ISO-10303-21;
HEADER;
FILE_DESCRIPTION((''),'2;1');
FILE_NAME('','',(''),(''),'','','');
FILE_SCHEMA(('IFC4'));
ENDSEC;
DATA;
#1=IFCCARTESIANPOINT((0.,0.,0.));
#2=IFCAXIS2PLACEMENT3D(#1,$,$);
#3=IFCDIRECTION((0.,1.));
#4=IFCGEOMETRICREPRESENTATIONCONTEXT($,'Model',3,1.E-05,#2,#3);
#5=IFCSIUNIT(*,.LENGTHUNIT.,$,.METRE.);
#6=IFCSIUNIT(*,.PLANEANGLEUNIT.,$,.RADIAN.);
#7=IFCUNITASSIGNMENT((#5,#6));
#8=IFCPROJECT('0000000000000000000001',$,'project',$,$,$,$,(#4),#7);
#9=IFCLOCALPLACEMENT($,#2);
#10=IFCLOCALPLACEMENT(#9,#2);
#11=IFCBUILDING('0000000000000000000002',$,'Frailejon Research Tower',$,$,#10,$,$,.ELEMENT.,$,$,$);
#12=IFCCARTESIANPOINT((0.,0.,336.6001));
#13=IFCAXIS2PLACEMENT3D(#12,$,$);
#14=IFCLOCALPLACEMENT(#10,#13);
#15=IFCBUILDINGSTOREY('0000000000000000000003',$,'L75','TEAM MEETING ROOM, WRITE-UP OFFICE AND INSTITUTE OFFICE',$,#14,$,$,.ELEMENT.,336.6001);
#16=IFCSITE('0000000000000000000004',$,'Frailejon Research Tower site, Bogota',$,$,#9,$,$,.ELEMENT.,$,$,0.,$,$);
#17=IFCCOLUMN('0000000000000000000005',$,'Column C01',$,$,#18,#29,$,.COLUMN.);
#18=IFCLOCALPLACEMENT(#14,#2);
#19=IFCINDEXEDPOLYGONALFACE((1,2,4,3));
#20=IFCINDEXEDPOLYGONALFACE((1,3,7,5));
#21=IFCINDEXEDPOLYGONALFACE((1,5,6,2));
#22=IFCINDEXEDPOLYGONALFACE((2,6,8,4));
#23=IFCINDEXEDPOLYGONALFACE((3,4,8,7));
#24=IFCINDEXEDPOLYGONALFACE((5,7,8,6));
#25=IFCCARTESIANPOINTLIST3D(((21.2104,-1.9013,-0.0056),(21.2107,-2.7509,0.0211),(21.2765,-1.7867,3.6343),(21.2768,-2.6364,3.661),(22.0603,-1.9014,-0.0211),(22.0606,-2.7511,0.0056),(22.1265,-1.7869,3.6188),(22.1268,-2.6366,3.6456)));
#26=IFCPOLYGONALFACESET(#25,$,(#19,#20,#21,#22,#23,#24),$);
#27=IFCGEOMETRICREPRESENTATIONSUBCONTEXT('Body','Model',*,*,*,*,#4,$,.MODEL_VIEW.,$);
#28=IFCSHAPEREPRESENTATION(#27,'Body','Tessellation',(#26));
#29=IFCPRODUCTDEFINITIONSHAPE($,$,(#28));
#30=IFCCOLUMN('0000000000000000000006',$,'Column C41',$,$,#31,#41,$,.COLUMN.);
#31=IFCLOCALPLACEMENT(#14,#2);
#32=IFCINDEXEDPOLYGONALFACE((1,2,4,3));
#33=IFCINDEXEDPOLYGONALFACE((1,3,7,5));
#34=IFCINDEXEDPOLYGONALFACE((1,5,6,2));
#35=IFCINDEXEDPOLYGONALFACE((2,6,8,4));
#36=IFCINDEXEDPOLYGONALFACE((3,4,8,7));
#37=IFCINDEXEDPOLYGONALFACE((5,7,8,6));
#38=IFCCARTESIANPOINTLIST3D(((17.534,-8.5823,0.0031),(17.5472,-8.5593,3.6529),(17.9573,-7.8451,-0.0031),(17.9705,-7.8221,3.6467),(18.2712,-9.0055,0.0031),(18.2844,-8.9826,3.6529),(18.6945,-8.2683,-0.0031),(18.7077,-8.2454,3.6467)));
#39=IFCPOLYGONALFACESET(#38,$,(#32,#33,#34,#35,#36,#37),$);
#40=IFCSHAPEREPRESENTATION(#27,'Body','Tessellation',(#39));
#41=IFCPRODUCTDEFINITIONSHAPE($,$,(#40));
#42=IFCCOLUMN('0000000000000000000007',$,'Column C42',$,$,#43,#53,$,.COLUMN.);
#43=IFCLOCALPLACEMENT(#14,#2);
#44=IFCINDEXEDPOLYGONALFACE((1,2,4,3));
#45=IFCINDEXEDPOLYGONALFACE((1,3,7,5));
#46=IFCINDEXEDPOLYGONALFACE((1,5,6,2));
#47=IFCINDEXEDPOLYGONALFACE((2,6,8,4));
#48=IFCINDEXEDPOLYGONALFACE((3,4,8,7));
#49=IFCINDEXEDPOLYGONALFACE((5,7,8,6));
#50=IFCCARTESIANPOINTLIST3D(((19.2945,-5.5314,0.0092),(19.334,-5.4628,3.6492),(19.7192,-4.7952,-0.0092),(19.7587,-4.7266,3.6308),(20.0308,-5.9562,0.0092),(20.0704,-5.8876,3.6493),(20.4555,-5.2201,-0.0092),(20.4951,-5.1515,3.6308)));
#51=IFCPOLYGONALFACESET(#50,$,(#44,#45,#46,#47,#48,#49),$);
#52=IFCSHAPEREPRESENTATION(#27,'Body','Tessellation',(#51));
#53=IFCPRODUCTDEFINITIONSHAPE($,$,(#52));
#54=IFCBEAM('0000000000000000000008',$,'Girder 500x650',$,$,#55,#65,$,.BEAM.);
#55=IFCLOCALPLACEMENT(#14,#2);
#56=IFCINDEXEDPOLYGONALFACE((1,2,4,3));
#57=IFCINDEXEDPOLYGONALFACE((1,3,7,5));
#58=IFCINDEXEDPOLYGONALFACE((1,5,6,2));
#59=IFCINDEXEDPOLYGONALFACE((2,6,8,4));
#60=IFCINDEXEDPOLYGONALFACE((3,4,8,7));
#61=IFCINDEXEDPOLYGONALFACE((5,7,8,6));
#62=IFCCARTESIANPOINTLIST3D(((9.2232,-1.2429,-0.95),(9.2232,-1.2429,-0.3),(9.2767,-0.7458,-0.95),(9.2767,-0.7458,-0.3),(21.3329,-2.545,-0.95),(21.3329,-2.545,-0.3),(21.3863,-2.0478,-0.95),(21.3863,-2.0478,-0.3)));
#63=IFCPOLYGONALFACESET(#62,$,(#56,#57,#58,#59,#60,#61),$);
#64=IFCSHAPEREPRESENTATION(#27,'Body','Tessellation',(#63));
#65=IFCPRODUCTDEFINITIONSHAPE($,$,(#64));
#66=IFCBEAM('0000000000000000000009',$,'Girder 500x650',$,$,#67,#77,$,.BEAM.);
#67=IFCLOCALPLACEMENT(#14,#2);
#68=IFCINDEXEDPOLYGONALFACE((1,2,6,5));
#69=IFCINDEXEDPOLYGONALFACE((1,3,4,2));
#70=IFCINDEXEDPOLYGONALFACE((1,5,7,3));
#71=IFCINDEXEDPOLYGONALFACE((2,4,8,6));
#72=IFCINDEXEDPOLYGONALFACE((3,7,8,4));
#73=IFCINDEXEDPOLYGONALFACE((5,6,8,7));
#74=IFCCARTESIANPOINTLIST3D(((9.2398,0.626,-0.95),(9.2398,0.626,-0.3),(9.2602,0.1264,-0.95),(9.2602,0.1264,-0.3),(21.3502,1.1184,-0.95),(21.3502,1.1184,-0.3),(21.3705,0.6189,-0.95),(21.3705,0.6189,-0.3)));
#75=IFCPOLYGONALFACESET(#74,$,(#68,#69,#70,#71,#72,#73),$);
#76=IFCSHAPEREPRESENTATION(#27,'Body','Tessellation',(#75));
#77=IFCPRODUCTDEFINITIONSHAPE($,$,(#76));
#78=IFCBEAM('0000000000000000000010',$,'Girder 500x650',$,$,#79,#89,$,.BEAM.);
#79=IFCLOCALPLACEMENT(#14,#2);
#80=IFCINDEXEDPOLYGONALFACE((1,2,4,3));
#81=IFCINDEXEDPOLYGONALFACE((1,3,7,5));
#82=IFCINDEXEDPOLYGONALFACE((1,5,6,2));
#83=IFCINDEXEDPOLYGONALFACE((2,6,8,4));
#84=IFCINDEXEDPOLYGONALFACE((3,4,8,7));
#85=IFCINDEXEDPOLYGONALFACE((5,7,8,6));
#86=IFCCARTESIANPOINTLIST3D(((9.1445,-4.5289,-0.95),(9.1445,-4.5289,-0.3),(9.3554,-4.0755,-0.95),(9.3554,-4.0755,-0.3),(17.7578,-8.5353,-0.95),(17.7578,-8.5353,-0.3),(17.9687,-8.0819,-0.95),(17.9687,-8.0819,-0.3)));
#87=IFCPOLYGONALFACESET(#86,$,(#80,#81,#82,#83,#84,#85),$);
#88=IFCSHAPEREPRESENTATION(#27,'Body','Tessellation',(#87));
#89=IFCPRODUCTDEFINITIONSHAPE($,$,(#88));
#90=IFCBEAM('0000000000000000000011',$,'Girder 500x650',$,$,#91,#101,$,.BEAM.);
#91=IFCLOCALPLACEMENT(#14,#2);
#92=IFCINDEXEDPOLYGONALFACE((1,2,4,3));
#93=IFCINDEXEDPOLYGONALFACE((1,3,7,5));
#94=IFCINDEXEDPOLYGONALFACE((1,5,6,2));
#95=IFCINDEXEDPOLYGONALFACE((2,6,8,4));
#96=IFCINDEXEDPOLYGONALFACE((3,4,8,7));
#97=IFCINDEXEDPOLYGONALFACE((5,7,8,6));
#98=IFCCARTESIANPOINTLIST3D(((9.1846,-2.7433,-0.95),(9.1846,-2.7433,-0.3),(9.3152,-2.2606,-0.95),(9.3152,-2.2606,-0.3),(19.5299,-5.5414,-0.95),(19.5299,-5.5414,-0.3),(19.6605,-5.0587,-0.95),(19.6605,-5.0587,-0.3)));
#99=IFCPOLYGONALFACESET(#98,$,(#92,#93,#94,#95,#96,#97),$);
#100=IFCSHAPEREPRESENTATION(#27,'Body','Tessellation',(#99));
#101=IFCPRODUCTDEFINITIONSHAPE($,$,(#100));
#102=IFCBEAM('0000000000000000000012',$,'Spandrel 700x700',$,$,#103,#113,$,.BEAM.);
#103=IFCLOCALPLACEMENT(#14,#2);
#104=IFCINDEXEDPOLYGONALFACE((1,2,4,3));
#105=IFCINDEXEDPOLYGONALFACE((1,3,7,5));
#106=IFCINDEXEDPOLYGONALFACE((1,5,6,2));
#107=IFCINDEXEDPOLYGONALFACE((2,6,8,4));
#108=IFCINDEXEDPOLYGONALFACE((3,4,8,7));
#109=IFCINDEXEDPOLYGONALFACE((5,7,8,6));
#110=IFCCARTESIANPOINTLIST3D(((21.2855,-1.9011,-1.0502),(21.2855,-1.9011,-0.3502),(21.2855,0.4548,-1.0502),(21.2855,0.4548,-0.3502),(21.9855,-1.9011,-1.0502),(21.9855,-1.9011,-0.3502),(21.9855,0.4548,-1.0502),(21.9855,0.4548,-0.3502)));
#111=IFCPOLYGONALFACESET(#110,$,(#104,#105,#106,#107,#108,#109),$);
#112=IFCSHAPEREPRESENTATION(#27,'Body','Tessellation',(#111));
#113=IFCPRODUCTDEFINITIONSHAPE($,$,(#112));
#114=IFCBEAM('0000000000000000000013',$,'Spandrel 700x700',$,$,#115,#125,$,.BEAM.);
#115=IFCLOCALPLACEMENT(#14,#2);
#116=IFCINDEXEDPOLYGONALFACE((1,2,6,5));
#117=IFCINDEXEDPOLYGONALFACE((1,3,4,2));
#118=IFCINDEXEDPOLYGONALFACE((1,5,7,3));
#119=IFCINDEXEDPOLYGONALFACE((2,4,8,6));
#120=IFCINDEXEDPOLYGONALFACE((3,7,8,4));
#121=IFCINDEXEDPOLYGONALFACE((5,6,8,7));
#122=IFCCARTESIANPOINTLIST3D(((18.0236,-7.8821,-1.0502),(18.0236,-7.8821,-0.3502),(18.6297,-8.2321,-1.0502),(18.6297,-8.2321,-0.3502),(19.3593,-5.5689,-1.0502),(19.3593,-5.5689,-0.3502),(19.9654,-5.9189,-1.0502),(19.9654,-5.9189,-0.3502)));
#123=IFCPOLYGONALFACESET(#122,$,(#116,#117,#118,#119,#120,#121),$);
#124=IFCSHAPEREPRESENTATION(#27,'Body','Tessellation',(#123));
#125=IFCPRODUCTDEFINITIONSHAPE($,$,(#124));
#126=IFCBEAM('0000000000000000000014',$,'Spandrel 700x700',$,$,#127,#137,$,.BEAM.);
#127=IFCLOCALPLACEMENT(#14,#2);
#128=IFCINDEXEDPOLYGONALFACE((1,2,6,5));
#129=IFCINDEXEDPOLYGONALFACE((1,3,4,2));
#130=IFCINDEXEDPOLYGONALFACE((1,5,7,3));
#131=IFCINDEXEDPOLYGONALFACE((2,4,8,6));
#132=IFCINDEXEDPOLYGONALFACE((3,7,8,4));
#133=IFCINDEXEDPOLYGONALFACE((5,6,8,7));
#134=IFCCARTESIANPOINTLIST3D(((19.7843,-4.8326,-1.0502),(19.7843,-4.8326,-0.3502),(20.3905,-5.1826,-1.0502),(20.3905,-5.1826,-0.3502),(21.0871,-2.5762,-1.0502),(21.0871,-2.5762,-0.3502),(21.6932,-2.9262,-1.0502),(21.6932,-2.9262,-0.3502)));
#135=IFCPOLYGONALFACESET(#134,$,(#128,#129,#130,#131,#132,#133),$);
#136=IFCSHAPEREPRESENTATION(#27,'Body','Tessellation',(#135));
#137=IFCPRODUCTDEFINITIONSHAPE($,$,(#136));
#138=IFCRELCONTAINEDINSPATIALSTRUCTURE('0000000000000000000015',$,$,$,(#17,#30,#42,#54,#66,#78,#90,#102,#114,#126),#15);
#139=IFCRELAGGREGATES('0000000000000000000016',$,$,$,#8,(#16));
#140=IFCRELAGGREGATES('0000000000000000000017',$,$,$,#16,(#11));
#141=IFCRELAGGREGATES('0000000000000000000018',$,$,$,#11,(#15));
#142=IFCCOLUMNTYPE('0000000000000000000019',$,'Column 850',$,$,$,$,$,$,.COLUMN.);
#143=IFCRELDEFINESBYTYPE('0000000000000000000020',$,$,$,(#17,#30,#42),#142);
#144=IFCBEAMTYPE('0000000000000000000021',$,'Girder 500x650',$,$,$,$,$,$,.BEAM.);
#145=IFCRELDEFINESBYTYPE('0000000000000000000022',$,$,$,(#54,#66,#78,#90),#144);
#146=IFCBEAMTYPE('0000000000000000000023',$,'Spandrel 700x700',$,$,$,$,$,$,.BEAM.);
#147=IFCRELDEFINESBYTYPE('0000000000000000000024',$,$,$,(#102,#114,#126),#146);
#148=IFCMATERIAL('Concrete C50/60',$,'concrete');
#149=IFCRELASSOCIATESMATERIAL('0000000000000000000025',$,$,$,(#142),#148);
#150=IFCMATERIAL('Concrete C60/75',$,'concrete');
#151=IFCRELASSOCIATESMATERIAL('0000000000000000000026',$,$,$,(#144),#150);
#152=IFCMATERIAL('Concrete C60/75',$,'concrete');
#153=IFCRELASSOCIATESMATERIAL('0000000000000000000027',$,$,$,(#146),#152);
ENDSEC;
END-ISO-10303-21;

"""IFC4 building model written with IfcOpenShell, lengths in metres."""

from ifc_helpers import new_model, si_unit, direction, frame, origin, origin_2d, place, context, subcontext, project, spatial, rectangle, extrude, material, material_profile, profile_set, type_object, element, save


model = new_model("IFC4")

# Units and contexts
model_context = context("Model", 3, precision=1e-05, world=origin(), true_north=direction((0.0, 1.0)))
body_context = subcontext(model_context, "Body", "Model", "MODEL_VIEW")
ifc_project = project(units=[si_unit("LENGTHUNIT", "METRE"), si_unit("PLANEANGLEUNIT", "RADIAN")], contexts=[model_context])

# Site, building, storey
site_placement = place(None, origin())
site = spatial("IfcSite", under=ifc_project, at=site_placement, Name="Frailejon Research Tower site, Bogota", CompositionType="ELEMENT", RefElevation=0.0)
building_placement = place(site_placement, origin())
building = spatial("IfcBuilding", under=site, at=building_placement, Name="Frailejon Research Tower", CompositionType="ELEMENT")
storey_placement = place(building_placement, frame((0.0, 0.0, 336.6001)))
storey = spatial("IfcBuildingStorey", under=building, at=storey_placement, Name="L75", Description="TEAM MEETING ROOM, WRITE-UP OFFICE AND INSTITUTE OFFICE", CompositionType="ELEMENT", Elevation=336.6001)

# Columns
ifc_material_1 = material(Name="Concrete C50/60", Category="concrete")
ifc_material_profile_1 = material_profile(ifc_material_1, rectangle(XDim=0.8501, YDim=0.8501, at=origin_2d()), Name="Column 850")
ifc_profile_set_1 = profile_set([ifc_material_profile_1], Name="Concrete C50/60")
column_type = type_object("IfcColumnType", Name="Column 850", PredefinedType="COLUMN", material=ifc_profile_set_1)
column_1_placement = place(storey_placement, frame((21.6355, -2.3262, 0.0), z_axis=(0.018165, 0.031437, 0.999341), x_axis=(-0.000376, 0.999506, -0.031435)))
element("IfcColumn", 1, at=column_1_placement, inside=storey, type_object=column_type, Name="Column C01", PredefinedType="COLUMN", context=body_context, shape_type="SweptSolid", body=[
    extrude(rectangle(XDim=0.8501, YDim=0.8501, at=origin_2d()), origin(), (0.0, 0.0, 1.0), 3.6423),
])
column_2_placement = place(storey_placement, frame((18.1143, -8.4253, 0.0), z_axis=(0.003612, 0.006287, 0.999974), x_axis=(0.49789, 0.86721, -0.007251)))
element("IfcColumn", 2, at=column_2_placement, inside=storey, type_object=column_type, Name="Column C41", PredefinedType="COLUMN", context=body_context, shape_type="SweptSolid", body=[
    extrude(rectangle(XDim=0.8501, YDim=0.8501, at=origin_2d()), origin(), (0.0, 0.0, 1.0), 3.6499),
])
column_3_placement = place(storey_placement, frame((19.875, -5.3757, 0.0), z_axis=(0.010863, 0.018843, 0.999763), x_axis=(0.499616, 0.865974, -0.02175)))
element("IfcColumn", 3, at=column_3_placement, inside=storey, type_object=column_type, Name="Column C42", PredefinedType="COLUMN", context=body_context, shape_type="SweptSolid", body=[
    extrude(rectangle(XDim=0.8501, YDim=0.8501, at=origin_2d()), origin(), (0.0, 0.0, 1.0), 3.6409),
])

# Beams
ifc_material_2 = material(Name="Concrete C60/75", Category="concrete")
ifc_material_profile_2 = material_profile(ifc_material_2, rectangle(XDim=0.5, YDim=0.6499, at=origin_2d()), Name="Girder 500x650")
ifc_profile_set_2 = profile_set([ifc_material_profile_2], Name="Concrete C60/75")
beam_type_1 = type_object("IfcBeamType", Name="Girder 500x650", PredefinedType="BEAM", material=ifc_profile_set_2)
beam_1_placement = place(storey_placement, frame((21.3596, -2.2964, -0.625), z_axis=(-0.99427, 0.106902, 0.0), x_axis=(-0.106902, -0.99427, 0.0)))
element("IfcBeam", 4, at=beam_1_placement, inside=storey, type_object=beam_type_1, Name="Girder 500x650", PredefinedType="BEAM", context=body_context, shape_type="SweptSolid", body=[
    extrude(rectangle(XDim=0.5, YDim=0.6499, at=origin_2d()), origin(), (0.0, 0.0, 1.0), 12.1794),
])
beam_2_placement = place(storey_placement, frame((21.3604, 0.8687, -0.625), z_axis=(-0.999174, -0.040628, 0.0), x_axis=(0.040628, -0.999174, 0.0)))
element("IfcBeam", 5, at=beam_2_placement, inside=storey, type_object=beam_type_1, Name="Girder 500x650", PredefinedType="BEAM", context=body_context, shape_type="SweptSolid", body=[
    extrude(rectangle(XDim=0.5, YDim=0.6499, at=origin_2d()), origin(), (0.0, 0.0, 1.0), 12.1204),
])
beam_3_placement = place(storey_placement, frame((17.8633, -8.3086, -0.625), z_axis=(-0.906714, 0.421745, 0.0), x_axis=(-0.421745, -0.906714, 0.0)))
element("IfcBeam", 6, at=beam_3_placement, inside=storey, type_object=beam_type_1, Name="Girder 500x650", PredefinedType="BEAM", context=body_context, shape_type="SweptSolid", body=[
    extrude(rectangle(XDim=0.5, YDim=0.6499, at=origin_2d()), origin(), (0.0, 0.0, 1.0), 9.4995),
])
beam_4_placement = place(storey_placement, frame((19.5952, -5.3, -0.625), z_axis=(-0.965314, 0.261091, 0.0), x_axis=(-0.261091, -0.965314, 0.0)))
element("IfcBeam", 7, at=beam_4_placement, inside=storey, type_object=beam_type_1, Name="Girder 500x650", PredefinedType="BEAM", context=body_context, shape_type="SweptSolid", body=[
    extrude(rectangle(XDim=0.5, YDim=0.6499, at=origin_2d()), origin(), (0.0, 0.0, 1.0), 10.717),
])
ifc_material_3 = material(Name="Concrete C60/75", Category="concrete")
ifc_material_profile_3 = material_profile(ifc_material_3, rectangle(XDim=0.7, YDim=0.7, at=origin_2d()), Name="Spandrel 700x700")
ifc_profile_set_3 = profile_set([ifc_material_profile_3], Name="Concrete C60/75")
beam_type_2 = type_object("IfcBeamType", Name="Spandrel 700x700", PredefinedType="BEAM", material=ifc_profile_set_3)
beam_5_placement = place(storey_placement, frame((21.6355, -1.9011, -0.7002), z_axis=(0.0, 1.0, 0.0), x_axis=(-1.0, 0.0, 0.0)))
element("IfcBeam", 8, at=beam_5_placement, inside=storey, type_object=beam_type_2, Name="Spandrel 700x700", PredefinedType="BEAM", context=body_context, shape_type="SweptSolid", body=[
    extrude(rectangle(XDim=0.7, YDim=0.7, at=origin_2d()), origin(), (0.0, 0.0, 1.0), 2.356),
])
beam_6_placement = place(storey_placement, frame((18.3267, -8.0571, -0.7002), z_axis=(0.500042, 0.866001, 0.0), x_axis=(-0.866001, 0.500042, 0.0)))
element("IfcBeam", 9, at=beam_6_placement, inside=storey, type_object=beam_type_2, Name="Spandrel 700x700", PredefinedType="BEAM", context=body_context, shape_type="SweptSolid", body=[
    extrude(rectangle(XDim=0.7, YDim=0.7, at=origin_2d()), origin(), (0.0, 0.0, 1.0), 2.6711),
])
beam_7_placement = place(storey_placement, frame((20.0874, -5.0076, -0.7002), z_axis=(0.500009, 0.86602, 0.0), x_axis=(-0.86602, 0.500009, 0.0)))
element("IfcBeam", 10, at=beam_7_placement, inside=storey, type_object=beam_type_2, Name="Spandrel 700x700", PredefinedType="BEAM", context=body_context, shape_type="SweptSolid", body=[
    extrude(rectangle(XDim=0.7, YDim=0.7, at=origin_2d()), origin(), (0.0, 0.0, 1.0), 2.6055),
])

save(model, "model.ifc")
